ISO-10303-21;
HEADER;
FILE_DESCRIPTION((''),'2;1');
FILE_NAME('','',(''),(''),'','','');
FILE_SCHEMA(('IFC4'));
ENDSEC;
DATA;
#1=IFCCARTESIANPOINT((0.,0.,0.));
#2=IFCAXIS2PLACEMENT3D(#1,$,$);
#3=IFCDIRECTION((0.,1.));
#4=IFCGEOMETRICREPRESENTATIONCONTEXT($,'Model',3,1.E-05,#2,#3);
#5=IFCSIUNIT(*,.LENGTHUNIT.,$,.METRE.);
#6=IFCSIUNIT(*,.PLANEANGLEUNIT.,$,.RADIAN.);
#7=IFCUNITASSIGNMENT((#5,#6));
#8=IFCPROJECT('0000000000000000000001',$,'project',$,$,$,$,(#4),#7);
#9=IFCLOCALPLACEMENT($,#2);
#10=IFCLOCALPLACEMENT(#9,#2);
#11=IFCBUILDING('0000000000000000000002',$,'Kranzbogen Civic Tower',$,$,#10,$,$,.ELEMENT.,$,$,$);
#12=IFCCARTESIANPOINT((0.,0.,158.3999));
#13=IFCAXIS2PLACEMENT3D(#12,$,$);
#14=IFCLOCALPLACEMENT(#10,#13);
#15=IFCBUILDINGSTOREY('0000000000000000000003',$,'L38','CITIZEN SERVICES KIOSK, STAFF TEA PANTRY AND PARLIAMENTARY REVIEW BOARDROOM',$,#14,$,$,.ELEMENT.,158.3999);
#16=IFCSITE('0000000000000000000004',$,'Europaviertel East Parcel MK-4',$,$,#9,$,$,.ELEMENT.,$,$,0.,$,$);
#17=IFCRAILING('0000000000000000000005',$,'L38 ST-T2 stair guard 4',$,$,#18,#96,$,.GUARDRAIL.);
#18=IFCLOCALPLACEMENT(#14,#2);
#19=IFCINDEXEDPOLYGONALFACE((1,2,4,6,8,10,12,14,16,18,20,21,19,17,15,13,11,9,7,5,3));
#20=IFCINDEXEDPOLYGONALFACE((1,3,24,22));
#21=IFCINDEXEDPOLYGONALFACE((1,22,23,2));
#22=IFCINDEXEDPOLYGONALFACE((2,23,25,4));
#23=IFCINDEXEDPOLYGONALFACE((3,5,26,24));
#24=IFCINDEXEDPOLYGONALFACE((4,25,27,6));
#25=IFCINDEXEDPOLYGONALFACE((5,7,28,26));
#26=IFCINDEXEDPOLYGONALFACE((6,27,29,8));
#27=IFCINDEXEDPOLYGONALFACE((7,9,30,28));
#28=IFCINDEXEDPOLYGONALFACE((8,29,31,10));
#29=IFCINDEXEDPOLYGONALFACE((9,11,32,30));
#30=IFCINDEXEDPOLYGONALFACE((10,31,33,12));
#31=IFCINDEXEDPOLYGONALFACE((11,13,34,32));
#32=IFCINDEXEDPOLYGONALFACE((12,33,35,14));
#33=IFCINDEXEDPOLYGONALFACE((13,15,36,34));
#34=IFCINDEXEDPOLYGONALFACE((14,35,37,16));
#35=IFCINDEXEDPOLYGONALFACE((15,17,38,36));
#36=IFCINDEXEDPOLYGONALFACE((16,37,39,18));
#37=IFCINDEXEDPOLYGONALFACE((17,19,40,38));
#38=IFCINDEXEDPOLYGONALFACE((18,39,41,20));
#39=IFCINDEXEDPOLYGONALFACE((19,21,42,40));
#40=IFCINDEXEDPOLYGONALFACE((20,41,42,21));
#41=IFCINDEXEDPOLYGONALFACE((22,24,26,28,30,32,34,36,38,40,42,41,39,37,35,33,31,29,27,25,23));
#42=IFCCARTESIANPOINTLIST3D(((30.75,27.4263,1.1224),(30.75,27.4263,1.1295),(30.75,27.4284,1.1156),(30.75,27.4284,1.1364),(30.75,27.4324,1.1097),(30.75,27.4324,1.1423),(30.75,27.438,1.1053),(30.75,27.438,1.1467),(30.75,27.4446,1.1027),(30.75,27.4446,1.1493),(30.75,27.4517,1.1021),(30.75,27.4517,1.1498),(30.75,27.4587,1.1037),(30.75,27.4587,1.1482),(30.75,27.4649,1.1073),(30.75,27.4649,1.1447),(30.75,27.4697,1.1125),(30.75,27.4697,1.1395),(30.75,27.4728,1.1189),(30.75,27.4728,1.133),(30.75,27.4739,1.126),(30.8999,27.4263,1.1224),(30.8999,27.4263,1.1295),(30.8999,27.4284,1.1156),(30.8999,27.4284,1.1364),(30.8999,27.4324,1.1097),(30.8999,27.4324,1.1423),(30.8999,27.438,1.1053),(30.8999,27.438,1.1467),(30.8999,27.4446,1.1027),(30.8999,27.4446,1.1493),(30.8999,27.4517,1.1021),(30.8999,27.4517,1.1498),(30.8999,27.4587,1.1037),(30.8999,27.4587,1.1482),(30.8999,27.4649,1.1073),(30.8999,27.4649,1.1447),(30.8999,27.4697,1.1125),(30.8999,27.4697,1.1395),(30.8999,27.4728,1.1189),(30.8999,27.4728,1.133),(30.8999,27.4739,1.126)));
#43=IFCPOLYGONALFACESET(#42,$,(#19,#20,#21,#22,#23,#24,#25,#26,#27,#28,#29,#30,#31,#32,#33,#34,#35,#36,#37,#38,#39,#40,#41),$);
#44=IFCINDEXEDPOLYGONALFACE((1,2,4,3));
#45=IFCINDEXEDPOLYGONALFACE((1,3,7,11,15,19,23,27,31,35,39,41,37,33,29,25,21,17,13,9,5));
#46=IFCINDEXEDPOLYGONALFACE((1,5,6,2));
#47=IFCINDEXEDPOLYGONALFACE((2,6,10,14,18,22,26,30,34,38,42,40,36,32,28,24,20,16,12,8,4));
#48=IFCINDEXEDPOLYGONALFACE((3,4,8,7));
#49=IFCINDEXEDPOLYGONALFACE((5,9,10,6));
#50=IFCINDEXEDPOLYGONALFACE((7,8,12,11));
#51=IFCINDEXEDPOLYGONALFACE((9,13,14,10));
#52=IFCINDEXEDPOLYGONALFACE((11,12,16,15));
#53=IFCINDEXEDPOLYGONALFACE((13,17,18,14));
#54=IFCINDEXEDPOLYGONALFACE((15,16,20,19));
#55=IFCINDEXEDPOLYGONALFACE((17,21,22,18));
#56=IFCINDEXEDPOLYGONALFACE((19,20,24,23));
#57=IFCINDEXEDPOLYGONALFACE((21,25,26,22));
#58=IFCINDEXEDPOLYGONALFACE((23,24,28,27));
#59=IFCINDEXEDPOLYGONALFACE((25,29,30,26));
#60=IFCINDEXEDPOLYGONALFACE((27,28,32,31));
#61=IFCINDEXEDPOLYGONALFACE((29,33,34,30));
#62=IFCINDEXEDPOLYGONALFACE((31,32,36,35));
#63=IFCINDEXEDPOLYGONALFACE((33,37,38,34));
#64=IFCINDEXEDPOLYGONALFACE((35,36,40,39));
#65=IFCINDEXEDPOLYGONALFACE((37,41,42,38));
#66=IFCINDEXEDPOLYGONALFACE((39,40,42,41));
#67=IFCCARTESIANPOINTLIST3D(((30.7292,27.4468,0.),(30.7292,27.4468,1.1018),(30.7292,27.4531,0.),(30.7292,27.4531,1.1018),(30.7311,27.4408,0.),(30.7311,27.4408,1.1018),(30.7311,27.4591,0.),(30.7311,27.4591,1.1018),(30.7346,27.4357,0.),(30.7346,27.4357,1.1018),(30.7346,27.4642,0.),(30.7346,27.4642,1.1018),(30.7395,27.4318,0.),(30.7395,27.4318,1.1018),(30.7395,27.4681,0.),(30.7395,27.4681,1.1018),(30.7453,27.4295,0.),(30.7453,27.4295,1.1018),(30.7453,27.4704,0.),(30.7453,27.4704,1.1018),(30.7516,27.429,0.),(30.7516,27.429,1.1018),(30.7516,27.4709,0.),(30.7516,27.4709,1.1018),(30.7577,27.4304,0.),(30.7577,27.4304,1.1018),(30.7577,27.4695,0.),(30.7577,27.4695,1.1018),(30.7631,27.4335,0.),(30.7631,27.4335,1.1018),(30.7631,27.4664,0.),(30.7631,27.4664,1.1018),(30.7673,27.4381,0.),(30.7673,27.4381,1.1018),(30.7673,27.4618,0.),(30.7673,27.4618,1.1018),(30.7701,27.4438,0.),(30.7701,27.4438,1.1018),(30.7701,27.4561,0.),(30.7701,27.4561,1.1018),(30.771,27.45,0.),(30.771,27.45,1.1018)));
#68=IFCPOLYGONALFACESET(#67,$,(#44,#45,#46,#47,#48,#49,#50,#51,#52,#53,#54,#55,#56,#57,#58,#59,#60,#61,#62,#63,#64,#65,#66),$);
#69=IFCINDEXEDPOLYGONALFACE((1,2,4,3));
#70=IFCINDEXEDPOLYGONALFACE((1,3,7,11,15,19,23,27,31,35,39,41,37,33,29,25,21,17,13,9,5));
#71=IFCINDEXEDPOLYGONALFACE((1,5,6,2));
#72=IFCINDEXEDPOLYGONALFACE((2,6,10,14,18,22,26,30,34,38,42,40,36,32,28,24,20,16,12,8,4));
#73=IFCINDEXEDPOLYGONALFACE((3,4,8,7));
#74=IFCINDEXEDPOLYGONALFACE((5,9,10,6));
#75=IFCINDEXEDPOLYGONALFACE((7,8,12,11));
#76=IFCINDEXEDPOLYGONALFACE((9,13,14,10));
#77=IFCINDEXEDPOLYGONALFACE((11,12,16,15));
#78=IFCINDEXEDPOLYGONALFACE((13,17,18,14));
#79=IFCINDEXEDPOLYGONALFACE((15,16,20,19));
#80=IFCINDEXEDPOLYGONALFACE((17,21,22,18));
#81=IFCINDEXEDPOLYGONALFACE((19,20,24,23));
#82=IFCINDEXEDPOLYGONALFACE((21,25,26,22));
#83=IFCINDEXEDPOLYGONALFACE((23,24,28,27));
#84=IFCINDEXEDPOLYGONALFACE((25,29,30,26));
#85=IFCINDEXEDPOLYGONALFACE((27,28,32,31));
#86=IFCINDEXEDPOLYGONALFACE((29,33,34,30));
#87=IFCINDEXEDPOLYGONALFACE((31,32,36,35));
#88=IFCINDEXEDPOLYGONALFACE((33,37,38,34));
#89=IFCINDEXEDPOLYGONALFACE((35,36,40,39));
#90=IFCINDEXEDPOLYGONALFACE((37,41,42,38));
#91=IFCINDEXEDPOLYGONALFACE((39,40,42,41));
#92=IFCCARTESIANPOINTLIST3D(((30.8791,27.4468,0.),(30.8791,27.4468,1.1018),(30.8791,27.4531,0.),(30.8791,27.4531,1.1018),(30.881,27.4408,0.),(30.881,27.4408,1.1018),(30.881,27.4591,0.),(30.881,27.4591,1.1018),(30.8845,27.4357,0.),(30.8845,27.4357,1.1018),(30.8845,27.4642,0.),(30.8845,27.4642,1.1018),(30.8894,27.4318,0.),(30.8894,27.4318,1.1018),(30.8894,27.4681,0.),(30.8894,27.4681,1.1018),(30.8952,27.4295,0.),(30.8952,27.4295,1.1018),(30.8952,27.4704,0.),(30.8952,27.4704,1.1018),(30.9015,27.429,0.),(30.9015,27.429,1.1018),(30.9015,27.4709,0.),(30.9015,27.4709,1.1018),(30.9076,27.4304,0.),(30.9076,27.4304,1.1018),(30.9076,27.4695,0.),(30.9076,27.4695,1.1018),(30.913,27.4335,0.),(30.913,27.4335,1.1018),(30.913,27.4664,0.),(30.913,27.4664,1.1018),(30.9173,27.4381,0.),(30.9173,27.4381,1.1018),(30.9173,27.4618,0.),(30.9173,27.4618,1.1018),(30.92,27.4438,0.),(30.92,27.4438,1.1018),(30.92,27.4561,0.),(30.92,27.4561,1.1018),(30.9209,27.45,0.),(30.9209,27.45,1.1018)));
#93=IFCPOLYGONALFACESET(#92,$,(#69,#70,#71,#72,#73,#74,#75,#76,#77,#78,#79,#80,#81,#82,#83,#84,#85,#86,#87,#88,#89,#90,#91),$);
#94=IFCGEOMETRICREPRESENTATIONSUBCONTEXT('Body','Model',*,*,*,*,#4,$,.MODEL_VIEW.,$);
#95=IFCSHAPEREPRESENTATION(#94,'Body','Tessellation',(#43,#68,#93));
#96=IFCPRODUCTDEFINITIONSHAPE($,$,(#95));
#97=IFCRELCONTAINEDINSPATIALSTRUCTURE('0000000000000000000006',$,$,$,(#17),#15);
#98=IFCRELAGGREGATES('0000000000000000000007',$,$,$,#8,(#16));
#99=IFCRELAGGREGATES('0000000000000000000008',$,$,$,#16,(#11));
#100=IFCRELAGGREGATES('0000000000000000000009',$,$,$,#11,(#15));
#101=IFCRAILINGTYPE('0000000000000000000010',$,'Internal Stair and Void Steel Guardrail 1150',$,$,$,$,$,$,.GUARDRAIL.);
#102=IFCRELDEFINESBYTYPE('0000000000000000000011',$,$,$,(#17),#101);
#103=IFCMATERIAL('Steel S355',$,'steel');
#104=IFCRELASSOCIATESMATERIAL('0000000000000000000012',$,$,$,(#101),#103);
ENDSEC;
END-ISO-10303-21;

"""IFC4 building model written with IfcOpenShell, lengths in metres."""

from ifc_helpers import new_model, si_unit, direction, frame, origin, origin_2d, place, context, subcontext, project, spatial, circle, extrude, material, type_object, element, save


model = new_model("IFC4")

# Units and contexts
model_context = context("Model", 3, precision=1e-05, world=origin(), true_north=direction((0.0, 1.0)))
body_context = subcontext(model_context, "Body", "Model", "MODEL_VIEW")
ifc_project = project(units=[si_unit("LENGTHUNIT", "METRE"), si_unit("PLANEANGLEUNIT", "RADIAN")], contexts=[model_context])

# Site, building, storey
site_placement = place(None, origin())
site = spatial("IfcSite", under=ifc_project, at=site_placement, Name="Europaviertel East Parcel MK-4", CompositionType="ELEMENT", RefElevation=0.0)
building_placement = place(site_placement, origin())
building = spatial("IfcBuilding", under=site, at=building_placement, Name="Kranzbogen Civic Tower", CompositionType="ELEMENT")
storey_placement = place(building_placement, frame((0.0, 0.0, 158.3999)))
storey = spatial("IfcBuildingStorey", under=building, at=storey_placement, Name="L38", Description="CITIZEN SERVICES KIOSK, STAFF TEA PANTRY AND PARLIAMENTARY REVIEW BOARDROOM", CompositionType="ELEMENT", Elevation=158.3999)

# Shared definitions
ifc_material_1 = material(Name="Steel S355", Category="steel")

# Railing
railing_type_1 = type_object("IfcRailingType", Name="Internal Stair and Void Steel Guardrail 1150", PredefinedType="GUARDRAIL", material=ifc_material_1)
railing_1_placement = place(storey_placement, frame((30.75, 27.45, 0.0)))
element("IfcRailing", 1, at=railing_1_placement, inside=storey, type_object=railing_type_1, Name="L38 ST-T2 stair guard 4", PredefinedType="GUARDRAIL", context=body_context, shape_type="SweptSolid", body=[
    extrude(circle(Radius=0.0239, at=origin_2d()), frame((0.0, 0.0, 1.126), z_axis=(1.0, 0.0, 0.0), x_axis=(0.0, 1.0, 0.0)), (0.0, 0.0, 1.0), 0.1499),
    extrude(circle(Radius=0.021, at=origin_2d()), origin(), (0.0, 0.0, 1.0), 1.1018),
    extrude(circle(Radius=0.021, at=origin_2d()), frame((0.1499, 0.0, 0.0)), (0.0, 0.0, 1.0), 1.1018),
])

save(model, "model.ifc")
